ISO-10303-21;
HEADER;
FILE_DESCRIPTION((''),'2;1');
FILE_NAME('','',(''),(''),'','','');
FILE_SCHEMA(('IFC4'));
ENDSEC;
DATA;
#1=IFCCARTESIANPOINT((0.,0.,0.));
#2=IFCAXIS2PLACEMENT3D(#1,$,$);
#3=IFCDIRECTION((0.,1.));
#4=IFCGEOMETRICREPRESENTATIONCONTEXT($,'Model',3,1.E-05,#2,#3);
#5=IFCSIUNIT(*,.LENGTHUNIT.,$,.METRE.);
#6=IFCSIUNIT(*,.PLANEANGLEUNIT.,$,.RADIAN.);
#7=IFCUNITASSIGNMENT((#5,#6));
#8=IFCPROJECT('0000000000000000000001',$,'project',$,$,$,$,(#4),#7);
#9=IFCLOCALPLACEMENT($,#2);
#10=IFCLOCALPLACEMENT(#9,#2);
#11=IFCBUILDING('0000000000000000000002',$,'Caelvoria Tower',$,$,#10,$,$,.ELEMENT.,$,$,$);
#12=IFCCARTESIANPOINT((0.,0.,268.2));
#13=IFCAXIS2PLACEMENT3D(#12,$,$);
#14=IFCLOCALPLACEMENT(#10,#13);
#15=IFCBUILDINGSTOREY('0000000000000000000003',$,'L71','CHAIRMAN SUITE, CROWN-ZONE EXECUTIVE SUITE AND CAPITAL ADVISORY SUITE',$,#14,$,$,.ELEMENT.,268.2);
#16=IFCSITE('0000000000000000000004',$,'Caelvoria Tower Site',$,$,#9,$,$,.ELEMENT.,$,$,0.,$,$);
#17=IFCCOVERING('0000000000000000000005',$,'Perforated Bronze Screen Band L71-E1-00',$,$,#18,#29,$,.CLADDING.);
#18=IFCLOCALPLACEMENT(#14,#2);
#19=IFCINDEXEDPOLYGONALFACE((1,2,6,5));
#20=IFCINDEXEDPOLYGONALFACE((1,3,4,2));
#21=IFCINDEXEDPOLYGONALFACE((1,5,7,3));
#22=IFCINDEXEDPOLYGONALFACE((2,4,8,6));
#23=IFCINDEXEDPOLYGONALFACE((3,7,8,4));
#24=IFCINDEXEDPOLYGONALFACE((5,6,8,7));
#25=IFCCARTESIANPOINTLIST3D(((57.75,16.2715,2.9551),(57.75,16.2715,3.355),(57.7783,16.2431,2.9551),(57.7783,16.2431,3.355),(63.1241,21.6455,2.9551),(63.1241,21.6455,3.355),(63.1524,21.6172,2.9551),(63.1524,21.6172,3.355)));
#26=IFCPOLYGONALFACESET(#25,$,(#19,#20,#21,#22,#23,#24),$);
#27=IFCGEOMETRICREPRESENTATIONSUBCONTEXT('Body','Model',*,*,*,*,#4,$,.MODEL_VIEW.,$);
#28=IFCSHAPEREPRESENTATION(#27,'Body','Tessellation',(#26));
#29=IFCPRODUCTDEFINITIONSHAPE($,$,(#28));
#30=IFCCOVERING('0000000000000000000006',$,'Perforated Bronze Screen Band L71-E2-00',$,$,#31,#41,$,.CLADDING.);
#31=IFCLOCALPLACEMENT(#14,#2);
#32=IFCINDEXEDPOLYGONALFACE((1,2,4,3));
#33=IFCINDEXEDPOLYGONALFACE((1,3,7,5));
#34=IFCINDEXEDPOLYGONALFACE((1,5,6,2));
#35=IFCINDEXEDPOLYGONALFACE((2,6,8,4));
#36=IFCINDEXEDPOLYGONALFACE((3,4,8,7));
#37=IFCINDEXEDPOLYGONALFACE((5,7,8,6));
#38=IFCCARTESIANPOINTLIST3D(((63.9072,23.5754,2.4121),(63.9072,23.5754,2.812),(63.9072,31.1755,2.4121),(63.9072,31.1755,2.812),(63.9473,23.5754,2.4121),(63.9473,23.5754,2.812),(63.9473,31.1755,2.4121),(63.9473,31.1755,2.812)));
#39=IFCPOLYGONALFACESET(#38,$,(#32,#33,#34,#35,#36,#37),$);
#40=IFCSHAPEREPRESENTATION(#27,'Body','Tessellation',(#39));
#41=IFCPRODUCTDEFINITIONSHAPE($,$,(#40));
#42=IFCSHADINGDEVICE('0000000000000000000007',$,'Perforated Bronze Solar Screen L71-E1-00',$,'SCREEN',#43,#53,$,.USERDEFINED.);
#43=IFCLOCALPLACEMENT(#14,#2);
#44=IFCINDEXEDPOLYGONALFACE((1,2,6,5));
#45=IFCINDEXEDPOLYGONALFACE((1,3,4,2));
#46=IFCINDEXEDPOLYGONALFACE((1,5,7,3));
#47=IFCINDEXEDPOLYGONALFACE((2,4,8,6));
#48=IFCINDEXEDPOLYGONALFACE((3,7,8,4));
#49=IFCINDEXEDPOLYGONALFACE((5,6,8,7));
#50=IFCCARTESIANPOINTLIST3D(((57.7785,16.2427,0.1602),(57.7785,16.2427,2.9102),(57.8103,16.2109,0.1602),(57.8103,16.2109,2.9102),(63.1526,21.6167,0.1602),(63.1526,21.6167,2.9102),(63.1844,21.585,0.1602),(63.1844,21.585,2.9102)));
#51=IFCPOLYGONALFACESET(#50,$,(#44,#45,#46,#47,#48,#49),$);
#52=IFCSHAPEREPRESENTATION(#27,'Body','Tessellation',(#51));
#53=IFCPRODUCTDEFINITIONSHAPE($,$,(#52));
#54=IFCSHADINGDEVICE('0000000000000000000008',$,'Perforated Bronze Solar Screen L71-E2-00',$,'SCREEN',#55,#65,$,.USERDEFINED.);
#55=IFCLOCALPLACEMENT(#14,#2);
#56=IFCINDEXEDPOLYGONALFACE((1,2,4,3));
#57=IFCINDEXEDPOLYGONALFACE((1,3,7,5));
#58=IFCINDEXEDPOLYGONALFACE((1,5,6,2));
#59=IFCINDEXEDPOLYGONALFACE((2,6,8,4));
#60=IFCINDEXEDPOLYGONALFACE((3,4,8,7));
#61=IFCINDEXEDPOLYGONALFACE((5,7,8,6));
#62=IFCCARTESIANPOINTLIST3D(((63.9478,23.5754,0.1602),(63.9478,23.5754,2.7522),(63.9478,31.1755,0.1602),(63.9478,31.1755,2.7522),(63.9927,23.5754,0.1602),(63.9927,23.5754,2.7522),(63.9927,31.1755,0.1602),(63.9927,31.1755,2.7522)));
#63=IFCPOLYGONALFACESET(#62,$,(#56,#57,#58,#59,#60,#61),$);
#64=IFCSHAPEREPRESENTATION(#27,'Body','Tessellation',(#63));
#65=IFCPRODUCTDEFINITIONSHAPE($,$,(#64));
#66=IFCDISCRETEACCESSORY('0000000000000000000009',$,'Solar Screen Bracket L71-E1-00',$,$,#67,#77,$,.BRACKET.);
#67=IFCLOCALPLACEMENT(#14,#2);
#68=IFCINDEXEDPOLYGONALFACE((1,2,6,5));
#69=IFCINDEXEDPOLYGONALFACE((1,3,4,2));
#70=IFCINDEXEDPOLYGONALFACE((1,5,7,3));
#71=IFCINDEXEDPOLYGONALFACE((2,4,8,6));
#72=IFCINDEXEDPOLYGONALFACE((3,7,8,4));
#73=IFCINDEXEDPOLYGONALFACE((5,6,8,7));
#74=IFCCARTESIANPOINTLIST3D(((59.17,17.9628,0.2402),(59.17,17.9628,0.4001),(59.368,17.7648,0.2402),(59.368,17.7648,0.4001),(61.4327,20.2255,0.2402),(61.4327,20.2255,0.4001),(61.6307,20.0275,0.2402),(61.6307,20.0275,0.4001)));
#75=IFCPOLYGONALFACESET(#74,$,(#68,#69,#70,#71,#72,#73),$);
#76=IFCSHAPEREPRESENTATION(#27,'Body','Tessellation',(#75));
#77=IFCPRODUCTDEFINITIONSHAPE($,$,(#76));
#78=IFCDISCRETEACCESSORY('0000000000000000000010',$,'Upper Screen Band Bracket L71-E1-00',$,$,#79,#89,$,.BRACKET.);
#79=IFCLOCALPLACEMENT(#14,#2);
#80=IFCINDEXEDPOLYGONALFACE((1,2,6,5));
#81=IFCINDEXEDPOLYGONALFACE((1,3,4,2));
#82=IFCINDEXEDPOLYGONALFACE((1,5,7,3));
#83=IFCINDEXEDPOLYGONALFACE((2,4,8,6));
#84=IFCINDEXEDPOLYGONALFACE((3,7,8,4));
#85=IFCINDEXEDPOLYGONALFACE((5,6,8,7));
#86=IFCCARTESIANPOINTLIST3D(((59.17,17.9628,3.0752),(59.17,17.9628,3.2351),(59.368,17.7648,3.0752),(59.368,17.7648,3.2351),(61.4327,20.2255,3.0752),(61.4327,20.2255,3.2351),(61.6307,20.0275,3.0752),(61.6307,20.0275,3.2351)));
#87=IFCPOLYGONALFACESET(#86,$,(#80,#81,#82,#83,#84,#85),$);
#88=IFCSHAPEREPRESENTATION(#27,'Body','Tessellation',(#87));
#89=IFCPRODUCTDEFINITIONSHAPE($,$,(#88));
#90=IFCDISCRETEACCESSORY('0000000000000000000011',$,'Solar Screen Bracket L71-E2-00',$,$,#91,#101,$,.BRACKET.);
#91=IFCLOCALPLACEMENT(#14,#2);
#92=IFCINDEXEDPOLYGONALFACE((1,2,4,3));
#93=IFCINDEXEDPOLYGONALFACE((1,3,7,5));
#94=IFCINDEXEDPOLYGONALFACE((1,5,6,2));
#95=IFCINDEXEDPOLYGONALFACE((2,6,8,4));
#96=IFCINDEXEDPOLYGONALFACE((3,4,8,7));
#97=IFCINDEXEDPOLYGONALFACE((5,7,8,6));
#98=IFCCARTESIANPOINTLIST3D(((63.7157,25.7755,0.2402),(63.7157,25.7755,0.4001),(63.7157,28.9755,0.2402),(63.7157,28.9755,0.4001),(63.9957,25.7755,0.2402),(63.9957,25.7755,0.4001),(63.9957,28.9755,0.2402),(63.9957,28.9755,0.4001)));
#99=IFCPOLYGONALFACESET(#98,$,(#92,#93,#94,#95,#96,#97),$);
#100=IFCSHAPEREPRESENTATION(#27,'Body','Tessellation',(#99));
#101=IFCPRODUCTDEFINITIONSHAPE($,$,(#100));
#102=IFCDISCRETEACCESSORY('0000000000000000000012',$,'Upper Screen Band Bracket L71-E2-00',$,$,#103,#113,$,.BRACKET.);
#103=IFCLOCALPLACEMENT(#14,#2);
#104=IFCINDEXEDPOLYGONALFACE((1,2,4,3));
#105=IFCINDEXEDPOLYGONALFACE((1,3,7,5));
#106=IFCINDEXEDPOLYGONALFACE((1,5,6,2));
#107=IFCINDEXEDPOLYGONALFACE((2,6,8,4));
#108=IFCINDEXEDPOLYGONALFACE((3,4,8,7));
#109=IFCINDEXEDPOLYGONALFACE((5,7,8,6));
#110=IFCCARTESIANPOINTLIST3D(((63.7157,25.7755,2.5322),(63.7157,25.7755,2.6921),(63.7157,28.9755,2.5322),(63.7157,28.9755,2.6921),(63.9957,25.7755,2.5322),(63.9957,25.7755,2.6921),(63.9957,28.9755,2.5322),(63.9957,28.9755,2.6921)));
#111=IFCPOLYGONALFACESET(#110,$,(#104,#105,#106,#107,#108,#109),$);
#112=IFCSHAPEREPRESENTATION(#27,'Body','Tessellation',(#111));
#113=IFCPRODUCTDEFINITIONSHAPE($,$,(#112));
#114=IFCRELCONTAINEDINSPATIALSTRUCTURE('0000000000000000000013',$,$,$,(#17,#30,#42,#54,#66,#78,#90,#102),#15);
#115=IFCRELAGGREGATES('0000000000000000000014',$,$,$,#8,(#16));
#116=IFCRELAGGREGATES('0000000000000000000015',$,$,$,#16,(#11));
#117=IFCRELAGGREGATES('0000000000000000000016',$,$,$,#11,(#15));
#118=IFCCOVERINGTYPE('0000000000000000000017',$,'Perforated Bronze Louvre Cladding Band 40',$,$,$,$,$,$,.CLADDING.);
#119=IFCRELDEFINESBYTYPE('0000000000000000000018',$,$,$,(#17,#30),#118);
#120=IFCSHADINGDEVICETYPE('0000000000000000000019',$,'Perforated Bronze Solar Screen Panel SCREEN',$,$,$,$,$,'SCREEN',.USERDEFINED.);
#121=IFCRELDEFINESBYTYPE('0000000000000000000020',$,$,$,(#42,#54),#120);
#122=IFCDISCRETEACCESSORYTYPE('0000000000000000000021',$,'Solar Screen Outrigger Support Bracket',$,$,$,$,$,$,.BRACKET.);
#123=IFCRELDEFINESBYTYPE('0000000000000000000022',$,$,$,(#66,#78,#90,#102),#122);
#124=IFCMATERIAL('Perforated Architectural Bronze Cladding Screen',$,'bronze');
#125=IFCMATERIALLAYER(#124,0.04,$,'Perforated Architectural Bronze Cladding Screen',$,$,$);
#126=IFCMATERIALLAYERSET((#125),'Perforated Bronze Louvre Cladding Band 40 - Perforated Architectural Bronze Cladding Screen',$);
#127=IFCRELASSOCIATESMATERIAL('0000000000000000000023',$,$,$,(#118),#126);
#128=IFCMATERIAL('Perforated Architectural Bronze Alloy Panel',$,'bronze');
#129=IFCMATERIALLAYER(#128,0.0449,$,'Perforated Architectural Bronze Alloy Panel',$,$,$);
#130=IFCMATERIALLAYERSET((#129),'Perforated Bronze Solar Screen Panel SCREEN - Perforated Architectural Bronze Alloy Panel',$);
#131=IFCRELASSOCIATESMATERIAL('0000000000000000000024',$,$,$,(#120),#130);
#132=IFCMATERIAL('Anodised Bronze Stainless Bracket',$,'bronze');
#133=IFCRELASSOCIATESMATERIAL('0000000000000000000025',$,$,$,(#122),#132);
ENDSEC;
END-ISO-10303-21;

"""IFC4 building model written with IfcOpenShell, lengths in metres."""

from ifc_helpers import new_model, si_unit, direction, frame, origin, origin_2d, place, context, subcontext, project, spatial, rectangle, extrude, material, layer, layer_set, type_object, element, save


model = new_model("IFC4")

# Units and contexts
model_context = context("Model", 3, precision=1e-05, world=origin(), true_north=direction((0.0, 1.0)))
body_context = subcontext(model_context, "Body", "Model", "MODEL_VIEW")
ifc_project = project(units=[si_unit("LENGTHUNIT", "METRE"), si_unit("PLANEANGLEUNIT", "RADIAN")], contexts=[model_context])

# Site, building, storey
site_placement = place(None, origin())
site = spatial("IfcSite", under=ifc_project, at=site_placement, Name="Caelvoria Tower Site", CompositionType="ELEMENT", RefElevation=0.0)
building_placement = place(site_placement, origin())
building = spatial("IfcBuilding", under=site, at=building_placement, Name="Caelvoria Tower", CompositionType="ELEMENT")
storey_placement = place(building_placement, frame((0.0, 0.0, 268.2)))
storey = spatial("IfcBuildingStorey", under=building, at=storey_placement, Name="L71", Description="CHAIRMAN SUITE, CROWN-ZONE EXECUTIVE SUITE AND CAPITAL ADVISORY SUITE", CompositionType="ELEMENT", Elevation=268.2)

# Coverings
ifc_material_1 = material(Name="Perforated Architectural Bronze Cladding Screen", Category="bronze")
ifc_layer_1 = layer(ifc_material_1, 0.04, Name="Perforated Architectural Bronze Cladding Screen")
ifc_layer_set_1 = layer_set([ifc_layer_1], Name="Perforated Bronze Louvre Cladding Band 40 - Perforated Architectural Bronze Cladding Screen")
covering_type = type_object("IfcCoveringType", Name="Perforated Bronze Louvre Cladding Band 40", PredefinedType="CLADDING", material=ifc_layer_set_1)
for number, where, z_axis, x_axis, name in (
    (1, (60.4512, 18.9443, 2.9551), (0.0, 0.0, 1.0), (0.707107, 0.707107, 0.0), "Perforated Bronze Screen Band L71-E1-00"),
    (2, (63.9272, 27.3755, 2.4121), (0.0, 0.0, 1.0), (0.0, 1.0, 0.0), "Perforated Bronze Screen Band L71-E2-00"),
):
    element("IfcCovering", number, at=place(storey_placement, frame(where, z_axis=z_axis, x_axis=x_axis)), inside=storey, type_object=covering_type, Name=name, PredefinedType="CLADDING", context=body_context, shape_type="SweptSolid", body=[
        extrude(rectangle(XDim=7.6001, YDim=0.04, at=origin_2d()), origin(), (0.0, 0.0, 1.0), 0.3999),
    ])

# Shading devices
ifc_material_2 = material(Name="Perforated Architectural Bronze Alloy Panel", Category="bronze")
ifc_layer_2 = layer(ifc_material_2, 0.0449, Name="Perforated Architectural Bronze Alloy Panel")
ifc_layer_set_2 = layer_set([ifc_layer_2], Name="Perforated Bronze Solar Screen Panel SCREEN - Perforated Architectural Bronze Alloy Panel")
shading_device_type = type_object("IfcShadingDeviceType", Name="Perforated Bronze Solar Screen Panel SCREEN", ElementType="SCREEN", PredefinedType="USERDEFINED", material=ifc_layer_set_2)
shading_device_1_placement = place(storey_placement, frame((60.4814, 18.9138, 0.1602), z_axis=(0.0, 0.0, 1.0), x_axis=(0.707107, 0.707107, 0.0)))
element("IfcShadingDevice", 3, at=shading_device_1_placement, inside=storey, type_object=shading_device_type, Name="Perforated Bronze Solar Screen L71-E1-00", ObjectType="SCREEN", PredefinedType="USERDEFINED", context=body_context, shape_type="SweptSolid", body=[
    extrude(rectangle(XDim=7.6001, YDim=0.0449, at=origin_2d()), origin(), (0.0, 0.0, 1.0), 2.75),
])
shading_device_2_placement = place(storey_placement, frame((63.9702, 27.3755, 0.1602), z_axis=(0.0, 0.0, 1.0), x_axis=(0.0, 1.0, 0.0)))
element("IfcShadingDevice", 4, at=shading_device_2_placement, inside=storey, type_object=shading_device_type, Name="Perforated Bronze Solar Screen L71-E2-00", ObjectType="SCREEN", PredefinedType="USERDEFINED", context=body_context, shape_type="SweptSolid", body=[
    extrude(rectangle(XDim=7.6001, YDim=0.0449, at=origin_2d()), origin(), (0.0, 0.0, 1.0), 2.592),
])

# Discrete accessories
ifc_material_3 = material(Name="Anodised Bronze Stainless Bracket", Category="bronze")
discrete_accessory_type = type_object("IfcDiscreteAccessoryType", Name="Solar Screen Outrigger Support Bracket", PredefinedType="BRACKET", material=ifc_material_3)
for number, where, z_axis, x_axis, name in (
    (5, (60.4004, 18.9951, 0.2402), (0.0, 0.0, 1.0), (0.707107, 0.707107, 0.0), "Solar Screen Bracket L71-E1-00"),
    (6, (60.4004, 18.9951, 3.0752), (0.0, 0.0, 1.0), (0.707107, 0.707107, 0.0), "Upper Screen Band Bracket L71-E1-00"),
    (7, (63.8557, 27.3755, 0.2402), (0.0, 0.0, 1.0), (0.0, 1.0, 0.0), "Solar Screen Bracket L71-E2-00"),
    (8, (63.8557, 27.3755, 2.5322), (0.0, 0.0, 1.0), (0.0, 1.0, 0.0), "Upper Screen Band Bracket L71-E2-00"),
):
    element("IfcDiscreteAccessory", number, at=place(storey_placement, frame(where, z_axis=z_axis, x_axis=x_axis)), inside=storey, type_object=discrete_accessory_type, Name=name, PredefinedType="BRACKET", context=body_context, shape_type="SweptSolid", body=[
        extrude(rectangle(XDim=3.2, YDim=0.28, at=origin_2d()), origin(), (0.0, 0.0, 1.0), 0.1599),
    ])

save(model, "model.ifc")
